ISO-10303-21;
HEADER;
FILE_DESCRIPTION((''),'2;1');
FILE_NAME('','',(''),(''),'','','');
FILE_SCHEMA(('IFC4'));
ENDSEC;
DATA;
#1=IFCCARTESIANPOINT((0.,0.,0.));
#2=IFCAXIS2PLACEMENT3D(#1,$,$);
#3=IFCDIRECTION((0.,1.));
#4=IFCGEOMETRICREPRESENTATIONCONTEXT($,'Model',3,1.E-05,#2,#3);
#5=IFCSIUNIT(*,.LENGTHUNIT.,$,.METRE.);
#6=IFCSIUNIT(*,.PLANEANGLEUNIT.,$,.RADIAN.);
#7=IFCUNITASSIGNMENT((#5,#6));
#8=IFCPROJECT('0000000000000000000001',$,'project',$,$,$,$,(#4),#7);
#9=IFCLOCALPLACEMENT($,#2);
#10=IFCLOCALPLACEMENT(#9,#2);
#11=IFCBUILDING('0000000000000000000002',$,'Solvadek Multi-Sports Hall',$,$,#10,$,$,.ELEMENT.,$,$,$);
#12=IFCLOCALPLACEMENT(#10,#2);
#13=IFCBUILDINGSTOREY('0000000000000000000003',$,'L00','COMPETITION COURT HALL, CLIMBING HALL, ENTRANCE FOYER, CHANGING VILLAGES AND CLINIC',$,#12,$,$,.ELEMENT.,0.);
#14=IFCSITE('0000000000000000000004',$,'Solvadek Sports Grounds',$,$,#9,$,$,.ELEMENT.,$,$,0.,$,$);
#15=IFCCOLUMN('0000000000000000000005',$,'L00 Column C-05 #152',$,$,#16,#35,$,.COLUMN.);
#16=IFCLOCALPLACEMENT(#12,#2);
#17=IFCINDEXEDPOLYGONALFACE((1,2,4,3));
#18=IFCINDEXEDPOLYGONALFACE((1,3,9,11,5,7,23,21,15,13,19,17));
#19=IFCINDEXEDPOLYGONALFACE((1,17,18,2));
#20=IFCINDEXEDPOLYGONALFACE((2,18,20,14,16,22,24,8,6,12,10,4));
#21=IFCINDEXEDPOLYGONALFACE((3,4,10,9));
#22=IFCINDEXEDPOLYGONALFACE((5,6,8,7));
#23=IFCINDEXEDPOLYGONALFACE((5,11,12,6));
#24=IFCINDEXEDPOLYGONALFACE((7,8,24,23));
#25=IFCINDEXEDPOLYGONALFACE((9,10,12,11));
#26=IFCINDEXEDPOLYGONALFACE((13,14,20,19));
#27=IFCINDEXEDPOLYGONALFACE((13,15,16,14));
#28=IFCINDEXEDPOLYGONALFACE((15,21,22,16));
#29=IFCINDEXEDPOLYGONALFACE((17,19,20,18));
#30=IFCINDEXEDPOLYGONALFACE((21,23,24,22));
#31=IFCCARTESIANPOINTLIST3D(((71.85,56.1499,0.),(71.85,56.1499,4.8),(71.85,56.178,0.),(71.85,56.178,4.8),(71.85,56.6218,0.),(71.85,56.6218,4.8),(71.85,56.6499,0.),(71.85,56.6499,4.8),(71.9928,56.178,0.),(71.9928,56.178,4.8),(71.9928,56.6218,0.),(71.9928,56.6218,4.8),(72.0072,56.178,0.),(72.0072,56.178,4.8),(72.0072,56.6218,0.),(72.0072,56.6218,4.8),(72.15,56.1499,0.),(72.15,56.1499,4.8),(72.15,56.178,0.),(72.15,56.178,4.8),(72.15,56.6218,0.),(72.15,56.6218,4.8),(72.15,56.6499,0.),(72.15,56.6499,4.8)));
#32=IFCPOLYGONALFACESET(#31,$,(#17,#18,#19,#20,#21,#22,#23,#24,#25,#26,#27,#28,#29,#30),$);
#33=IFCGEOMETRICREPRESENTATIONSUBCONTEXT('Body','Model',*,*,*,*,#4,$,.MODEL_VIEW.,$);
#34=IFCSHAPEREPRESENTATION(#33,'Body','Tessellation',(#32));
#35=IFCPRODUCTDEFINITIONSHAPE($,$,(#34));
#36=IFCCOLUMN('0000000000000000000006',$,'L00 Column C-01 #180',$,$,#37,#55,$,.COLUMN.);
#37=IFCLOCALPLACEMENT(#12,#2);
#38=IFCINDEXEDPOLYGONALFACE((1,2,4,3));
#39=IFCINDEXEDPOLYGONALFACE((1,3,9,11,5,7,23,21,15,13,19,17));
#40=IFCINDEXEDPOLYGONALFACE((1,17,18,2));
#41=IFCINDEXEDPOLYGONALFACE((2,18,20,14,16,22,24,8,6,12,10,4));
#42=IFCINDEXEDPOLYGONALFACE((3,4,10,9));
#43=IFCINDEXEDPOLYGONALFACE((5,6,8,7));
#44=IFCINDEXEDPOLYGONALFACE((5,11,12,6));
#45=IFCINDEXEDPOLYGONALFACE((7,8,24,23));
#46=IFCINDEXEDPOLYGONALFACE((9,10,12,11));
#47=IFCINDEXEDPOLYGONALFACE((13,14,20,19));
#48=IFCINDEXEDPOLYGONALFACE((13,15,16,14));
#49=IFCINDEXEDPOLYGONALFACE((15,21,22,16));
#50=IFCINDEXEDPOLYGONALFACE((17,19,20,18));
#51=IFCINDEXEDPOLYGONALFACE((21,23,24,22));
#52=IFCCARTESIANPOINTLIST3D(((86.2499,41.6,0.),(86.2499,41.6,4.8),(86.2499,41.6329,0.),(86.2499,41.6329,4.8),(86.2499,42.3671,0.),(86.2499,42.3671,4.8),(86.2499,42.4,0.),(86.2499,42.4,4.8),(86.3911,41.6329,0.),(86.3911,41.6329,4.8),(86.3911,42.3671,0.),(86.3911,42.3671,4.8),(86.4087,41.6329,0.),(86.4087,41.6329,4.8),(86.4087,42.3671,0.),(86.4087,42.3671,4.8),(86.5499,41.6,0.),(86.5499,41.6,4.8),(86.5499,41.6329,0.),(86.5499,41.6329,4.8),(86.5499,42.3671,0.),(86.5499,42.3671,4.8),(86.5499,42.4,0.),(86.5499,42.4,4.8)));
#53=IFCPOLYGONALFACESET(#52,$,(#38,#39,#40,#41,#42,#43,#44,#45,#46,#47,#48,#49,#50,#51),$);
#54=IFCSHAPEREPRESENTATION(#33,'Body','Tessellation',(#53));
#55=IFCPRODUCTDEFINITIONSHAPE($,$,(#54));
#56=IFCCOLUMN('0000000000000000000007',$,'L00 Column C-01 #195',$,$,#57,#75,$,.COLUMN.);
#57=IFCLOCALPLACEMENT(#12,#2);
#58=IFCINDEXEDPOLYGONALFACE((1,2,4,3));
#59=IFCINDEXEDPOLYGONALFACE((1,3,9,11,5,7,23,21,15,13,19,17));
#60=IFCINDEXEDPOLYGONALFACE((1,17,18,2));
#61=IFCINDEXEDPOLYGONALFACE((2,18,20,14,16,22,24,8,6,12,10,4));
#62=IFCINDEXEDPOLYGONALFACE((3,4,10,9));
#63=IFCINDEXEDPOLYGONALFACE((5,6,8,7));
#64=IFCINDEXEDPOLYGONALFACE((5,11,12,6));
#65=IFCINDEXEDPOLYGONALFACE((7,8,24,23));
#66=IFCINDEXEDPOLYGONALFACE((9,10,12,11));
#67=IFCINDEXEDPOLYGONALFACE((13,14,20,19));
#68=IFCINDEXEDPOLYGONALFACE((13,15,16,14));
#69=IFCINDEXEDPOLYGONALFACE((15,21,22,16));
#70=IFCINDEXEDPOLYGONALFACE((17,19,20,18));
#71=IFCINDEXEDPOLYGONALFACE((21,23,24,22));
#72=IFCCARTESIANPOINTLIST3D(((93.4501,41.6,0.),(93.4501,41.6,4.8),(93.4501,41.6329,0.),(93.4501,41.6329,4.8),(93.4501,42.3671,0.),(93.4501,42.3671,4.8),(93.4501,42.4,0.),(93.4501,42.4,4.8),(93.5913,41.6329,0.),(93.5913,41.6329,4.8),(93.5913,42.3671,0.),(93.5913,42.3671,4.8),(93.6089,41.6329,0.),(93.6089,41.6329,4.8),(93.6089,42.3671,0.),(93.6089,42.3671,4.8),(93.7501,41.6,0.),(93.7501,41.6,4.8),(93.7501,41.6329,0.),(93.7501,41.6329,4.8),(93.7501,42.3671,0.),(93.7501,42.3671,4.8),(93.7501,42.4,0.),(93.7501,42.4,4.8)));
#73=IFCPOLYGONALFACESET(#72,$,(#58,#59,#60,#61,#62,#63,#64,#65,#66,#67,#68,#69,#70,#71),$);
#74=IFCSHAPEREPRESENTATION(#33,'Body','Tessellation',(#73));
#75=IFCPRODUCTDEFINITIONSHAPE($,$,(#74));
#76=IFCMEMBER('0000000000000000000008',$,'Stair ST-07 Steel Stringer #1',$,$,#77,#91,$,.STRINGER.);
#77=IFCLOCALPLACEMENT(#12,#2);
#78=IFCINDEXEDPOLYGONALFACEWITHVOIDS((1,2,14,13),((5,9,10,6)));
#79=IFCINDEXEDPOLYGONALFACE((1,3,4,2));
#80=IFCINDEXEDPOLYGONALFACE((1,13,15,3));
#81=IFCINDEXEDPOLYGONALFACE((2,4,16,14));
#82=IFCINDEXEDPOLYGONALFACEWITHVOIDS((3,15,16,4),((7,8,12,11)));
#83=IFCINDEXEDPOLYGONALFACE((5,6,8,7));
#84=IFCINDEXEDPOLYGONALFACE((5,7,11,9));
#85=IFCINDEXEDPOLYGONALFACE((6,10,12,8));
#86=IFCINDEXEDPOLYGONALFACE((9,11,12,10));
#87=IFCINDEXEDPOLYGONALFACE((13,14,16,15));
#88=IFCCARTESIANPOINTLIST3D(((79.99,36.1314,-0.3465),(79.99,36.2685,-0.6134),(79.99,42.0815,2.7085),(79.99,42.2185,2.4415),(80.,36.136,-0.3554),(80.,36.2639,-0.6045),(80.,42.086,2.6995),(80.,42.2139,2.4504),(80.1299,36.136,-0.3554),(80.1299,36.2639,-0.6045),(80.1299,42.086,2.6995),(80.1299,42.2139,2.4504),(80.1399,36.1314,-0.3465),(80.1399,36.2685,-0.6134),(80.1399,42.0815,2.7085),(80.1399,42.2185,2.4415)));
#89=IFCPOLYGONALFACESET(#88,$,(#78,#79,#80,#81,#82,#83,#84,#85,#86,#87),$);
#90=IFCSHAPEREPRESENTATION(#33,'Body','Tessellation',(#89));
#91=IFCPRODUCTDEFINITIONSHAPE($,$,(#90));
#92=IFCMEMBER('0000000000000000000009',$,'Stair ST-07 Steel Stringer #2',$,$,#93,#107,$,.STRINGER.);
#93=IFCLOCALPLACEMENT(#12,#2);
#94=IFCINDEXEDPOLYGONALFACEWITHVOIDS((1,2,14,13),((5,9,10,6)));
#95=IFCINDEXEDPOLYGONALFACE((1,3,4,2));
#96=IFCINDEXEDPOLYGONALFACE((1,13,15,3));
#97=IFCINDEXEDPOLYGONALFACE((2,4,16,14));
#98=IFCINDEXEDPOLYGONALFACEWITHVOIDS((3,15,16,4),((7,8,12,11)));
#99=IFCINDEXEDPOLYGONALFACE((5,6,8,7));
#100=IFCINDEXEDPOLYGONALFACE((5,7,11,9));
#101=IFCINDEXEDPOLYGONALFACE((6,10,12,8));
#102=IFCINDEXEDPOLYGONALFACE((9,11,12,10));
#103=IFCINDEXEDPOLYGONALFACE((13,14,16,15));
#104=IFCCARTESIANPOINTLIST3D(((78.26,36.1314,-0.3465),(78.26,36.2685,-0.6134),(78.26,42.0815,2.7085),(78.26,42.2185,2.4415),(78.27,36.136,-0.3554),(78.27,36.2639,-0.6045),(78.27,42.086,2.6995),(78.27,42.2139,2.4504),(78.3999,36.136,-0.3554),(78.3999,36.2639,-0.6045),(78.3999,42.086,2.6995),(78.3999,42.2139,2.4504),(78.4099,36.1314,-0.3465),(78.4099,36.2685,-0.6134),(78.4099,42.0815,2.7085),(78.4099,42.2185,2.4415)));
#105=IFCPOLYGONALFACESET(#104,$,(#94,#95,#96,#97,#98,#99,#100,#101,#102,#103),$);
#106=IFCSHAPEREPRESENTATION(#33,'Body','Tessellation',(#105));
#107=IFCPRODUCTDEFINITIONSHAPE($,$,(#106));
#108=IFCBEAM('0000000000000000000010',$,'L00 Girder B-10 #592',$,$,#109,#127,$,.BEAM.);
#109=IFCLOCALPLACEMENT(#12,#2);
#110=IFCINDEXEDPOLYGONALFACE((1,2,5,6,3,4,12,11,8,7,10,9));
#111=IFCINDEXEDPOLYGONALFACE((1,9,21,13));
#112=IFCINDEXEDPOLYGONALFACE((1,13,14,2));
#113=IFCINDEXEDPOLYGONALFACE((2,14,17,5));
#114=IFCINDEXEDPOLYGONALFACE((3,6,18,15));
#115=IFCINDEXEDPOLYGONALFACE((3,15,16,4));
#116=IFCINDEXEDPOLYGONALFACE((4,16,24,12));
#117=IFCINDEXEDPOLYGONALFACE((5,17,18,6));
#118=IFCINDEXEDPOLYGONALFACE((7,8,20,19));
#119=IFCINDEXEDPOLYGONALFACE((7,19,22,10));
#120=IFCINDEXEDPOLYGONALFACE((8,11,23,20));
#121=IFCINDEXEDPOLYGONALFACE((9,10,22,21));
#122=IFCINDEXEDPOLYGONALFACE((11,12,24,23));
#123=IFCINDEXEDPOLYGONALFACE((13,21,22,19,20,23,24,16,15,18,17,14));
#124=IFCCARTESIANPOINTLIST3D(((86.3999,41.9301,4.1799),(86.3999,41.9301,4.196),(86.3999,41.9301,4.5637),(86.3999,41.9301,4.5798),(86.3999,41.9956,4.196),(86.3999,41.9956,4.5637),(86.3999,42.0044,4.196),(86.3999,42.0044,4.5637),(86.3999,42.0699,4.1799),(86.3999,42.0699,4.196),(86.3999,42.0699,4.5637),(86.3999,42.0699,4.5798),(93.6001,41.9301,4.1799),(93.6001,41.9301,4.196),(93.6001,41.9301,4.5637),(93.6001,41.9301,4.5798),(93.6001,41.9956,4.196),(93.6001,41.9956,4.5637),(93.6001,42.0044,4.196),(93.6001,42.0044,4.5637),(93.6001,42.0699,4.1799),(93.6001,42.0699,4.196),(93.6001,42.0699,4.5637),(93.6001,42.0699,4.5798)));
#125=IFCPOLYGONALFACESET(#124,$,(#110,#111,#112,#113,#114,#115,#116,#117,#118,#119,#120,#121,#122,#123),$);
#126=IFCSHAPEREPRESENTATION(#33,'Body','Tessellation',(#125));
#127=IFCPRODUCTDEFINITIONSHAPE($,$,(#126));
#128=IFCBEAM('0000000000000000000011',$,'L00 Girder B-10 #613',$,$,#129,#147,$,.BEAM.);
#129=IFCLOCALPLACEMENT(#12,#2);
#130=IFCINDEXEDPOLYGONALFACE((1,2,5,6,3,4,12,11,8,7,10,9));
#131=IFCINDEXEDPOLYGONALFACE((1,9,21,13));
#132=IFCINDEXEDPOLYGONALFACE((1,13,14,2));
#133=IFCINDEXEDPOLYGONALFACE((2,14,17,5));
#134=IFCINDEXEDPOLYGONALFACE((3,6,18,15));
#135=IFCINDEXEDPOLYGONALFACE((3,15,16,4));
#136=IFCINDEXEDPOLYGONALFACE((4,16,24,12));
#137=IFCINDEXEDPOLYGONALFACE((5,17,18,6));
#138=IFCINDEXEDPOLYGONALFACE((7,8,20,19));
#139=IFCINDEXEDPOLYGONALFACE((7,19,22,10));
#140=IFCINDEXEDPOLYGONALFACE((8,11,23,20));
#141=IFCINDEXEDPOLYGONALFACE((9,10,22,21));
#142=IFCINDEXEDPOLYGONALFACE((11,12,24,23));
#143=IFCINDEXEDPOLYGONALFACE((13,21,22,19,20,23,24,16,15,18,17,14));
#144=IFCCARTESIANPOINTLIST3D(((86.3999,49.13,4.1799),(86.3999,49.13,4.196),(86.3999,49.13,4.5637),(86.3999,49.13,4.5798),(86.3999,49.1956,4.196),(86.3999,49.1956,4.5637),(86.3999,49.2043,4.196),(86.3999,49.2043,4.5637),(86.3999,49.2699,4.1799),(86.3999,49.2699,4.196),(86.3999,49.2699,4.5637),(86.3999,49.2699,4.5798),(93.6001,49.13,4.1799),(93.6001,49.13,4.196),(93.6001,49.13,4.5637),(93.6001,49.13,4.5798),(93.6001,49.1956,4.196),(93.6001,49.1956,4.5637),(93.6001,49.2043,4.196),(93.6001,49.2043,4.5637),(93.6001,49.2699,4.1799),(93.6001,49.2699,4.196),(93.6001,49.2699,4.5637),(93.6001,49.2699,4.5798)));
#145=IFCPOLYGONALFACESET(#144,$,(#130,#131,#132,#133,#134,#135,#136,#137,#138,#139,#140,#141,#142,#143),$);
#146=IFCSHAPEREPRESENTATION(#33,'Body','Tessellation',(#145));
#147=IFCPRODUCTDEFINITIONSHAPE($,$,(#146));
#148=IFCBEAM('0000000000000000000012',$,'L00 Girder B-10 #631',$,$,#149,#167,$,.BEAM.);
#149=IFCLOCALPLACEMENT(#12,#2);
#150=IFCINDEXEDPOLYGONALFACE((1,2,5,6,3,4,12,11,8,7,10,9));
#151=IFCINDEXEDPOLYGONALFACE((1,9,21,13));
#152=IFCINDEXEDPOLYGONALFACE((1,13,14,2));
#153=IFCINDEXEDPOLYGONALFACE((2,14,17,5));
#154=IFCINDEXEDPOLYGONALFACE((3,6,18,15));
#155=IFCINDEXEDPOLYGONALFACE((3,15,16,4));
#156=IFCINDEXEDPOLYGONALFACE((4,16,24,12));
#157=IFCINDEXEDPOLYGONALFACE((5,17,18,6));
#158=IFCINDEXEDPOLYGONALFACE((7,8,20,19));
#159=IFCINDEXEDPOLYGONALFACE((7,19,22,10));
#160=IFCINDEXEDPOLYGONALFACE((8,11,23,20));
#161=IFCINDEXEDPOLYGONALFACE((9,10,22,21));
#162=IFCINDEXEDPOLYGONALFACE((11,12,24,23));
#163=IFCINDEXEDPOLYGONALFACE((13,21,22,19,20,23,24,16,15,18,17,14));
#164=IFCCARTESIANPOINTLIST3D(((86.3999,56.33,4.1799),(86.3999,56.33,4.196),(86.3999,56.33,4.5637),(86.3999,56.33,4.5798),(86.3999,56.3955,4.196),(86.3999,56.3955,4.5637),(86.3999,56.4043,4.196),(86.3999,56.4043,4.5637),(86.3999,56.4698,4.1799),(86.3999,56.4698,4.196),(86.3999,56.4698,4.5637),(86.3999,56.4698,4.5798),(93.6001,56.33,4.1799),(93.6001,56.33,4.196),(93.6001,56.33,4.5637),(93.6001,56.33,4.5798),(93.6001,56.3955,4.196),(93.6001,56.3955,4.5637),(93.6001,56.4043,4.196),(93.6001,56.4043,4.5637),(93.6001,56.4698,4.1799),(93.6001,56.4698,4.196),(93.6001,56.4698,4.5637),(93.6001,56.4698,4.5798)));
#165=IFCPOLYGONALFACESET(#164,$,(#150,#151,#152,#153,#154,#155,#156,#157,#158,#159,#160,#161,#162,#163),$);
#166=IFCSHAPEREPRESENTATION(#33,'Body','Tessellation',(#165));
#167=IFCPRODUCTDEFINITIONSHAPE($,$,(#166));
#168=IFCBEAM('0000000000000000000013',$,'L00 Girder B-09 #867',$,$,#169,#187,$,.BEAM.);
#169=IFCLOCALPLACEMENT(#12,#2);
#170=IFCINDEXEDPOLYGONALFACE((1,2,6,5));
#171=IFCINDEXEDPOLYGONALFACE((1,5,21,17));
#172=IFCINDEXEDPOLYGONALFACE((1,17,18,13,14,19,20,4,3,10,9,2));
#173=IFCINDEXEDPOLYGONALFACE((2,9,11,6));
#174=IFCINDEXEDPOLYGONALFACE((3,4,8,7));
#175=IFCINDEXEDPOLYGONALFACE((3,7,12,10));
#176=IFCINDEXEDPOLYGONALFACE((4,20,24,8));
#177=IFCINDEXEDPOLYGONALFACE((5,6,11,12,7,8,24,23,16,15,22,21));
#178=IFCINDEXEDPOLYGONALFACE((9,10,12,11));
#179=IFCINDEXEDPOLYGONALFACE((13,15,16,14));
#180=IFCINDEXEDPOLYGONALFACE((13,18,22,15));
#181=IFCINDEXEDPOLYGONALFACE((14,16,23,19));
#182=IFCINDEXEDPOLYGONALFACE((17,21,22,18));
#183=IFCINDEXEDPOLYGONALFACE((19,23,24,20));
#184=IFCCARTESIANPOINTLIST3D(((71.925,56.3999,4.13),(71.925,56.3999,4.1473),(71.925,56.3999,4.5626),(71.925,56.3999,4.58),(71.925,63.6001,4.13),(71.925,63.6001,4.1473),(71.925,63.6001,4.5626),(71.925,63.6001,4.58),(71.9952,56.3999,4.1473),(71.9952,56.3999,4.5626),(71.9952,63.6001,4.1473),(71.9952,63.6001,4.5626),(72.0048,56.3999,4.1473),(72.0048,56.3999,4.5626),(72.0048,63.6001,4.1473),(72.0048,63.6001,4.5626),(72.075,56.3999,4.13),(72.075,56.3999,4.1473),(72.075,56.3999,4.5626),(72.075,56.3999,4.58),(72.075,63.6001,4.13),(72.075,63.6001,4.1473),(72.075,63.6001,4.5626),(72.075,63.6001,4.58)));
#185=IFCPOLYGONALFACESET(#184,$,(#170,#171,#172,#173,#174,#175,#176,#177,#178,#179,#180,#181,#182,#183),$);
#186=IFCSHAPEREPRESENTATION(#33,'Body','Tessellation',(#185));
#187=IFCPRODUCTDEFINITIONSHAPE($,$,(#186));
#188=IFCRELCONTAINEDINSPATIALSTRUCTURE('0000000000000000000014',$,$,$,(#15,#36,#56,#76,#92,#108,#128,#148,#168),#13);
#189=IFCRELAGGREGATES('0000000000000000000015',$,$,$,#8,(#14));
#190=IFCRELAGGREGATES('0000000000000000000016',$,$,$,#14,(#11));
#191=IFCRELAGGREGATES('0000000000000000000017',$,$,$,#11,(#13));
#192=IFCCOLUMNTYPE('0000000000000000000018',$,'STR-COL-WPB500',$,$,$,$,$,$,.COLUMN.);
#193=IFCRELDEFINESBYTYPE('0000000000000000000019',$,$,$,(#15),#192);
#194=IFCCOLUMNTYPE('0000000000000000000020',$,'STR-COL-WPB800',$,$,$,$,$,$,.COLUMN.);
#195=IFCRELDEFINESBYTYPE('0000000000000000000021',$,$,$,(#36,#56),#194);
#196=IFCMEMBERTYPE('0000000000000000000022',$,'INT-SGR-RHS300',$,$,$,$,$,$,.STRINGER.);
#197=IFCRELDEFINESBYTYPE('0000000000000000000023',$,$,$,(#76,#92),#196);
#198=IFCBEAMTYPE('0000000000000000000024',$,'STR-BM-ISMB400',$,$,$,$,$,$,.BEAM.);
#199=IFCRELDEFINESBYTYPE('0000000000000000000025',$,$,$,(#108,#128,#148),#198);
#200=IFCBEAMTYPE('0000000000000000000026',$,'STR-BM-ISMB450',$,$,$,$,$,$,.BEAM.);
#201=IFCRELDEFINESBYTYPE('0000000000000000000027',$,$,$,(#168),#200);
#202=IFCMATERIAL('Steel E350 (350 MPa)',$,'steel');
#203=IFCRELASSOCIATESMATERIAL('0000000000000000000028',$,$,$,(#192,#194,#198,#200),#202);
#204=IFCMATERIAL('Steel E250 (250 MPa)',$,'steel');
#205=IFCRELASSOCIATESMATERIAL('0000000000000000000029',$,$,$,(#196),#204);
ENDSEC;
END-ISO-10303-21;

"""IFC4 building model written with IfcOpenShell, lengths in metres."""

from ifc_helpers import new_model, si_unit, direction, frame, origin, origin_2d, place, context, subcontext, project, spatial, hollow_rectangle, i_section, extrude, material, material_profile, profile_set, type_object, element, save


model = new_model("IFC4")

# Units and contexts
model_context = context("Model", 3, precision=1e-05, world=origin(), true_north=direction((0.0, 1.0)))
body_context = subcontext(model_context, "Body", "Model", "MODEL_VIEW")
ifc_project = project(units=[si_unit("LENGTHUNIT", "METRE"), si_unit("PLANEANGLEUNIT", "RADIAN")], contexts=[model_context])

# Site, building, storey
site_placement = place(None, origin())
site = spatial("IfcSite", under=ifc_project, at=site_placement, Name="Solvadek Sports Grounds", CompositionType="ELEMENT", RefElevation=0.0)
building_placement = place(site_placement, origin())
building = spatial("IfcBuilding", under=site, at=building_placement, Name="Solvadek Multi-Sports Hall", CompositionType="ELEMENT")
storey_placement = place(building_placement, origin())
storey = spatial("IfcBuildingStorey", under=building, at=storey_placement, Name="L00", Description="COMPETITION COURT HALL, CLIMBING HALL, ENTRANCE FOYER, CHANGING VILLAGES AND CLINIC", CompositionType="ELEMENT", Elevation=0.0)

# Columns
ifc_material_1 = material(Name="Steel E350 (350 MPa)", Category="steel")
ifc_material_profile_1 = material_profile(ifc_material_1, i_section(OverallWidth=0.3, OverallDepth=0.5, WebThickness=0.0144, FlangeThickness=0.0281, at=origin_2d()), Name="WPB 500")
ifc_profile_set_1 = profile_set([ifc_material_profile_1], Name="Steel E350 (350 MPa)")
column_type_1 = type_object("IfcColumnType", Name="STR-COL-WPB500", PredefinedType="COLUMN", material=ifc_profile_set_1)
for number, where, z_axis, x_axis, name in (
    (1, (72.0, 56.3999, 0.0), (0.0, 0.0, 1.0), (1.0, 0.0, 0.0), "L00 Column C-05 #152"),
):
    element("IfcColumn", number, at=place(storey_placement, frame(where, z_axis=z_axis, x_axis=x_axis)), inside=storey, type_object=column_type_1, Name=name, PredefinedType="COLUMN", context=body_context, shape_type="SweptSolid", body=[
        extrude(i_section(OverallWidth=0.3, OverallDepth=0.5, WebThickness=0.0144, FlangeThickness=0.0281, at=origin_2d()), origin(), (0.0, 0.0, 1.0), 4.8),
    ])
ifc_material_profile_2 = material_profile(ifc_material_1, i_section(OverallWidth=0.3, OverallDepth=0.8, WebThickness=0.0176, FlangeThickness=0.033, at=origin_2d()), Name="WPB 800")
ifc_profile_set_2 = profile_set([ifc_material_profile_2], Name="Steel E350 (350 MPa)")
column_type_2 = type_object("IfcColumnType", Name="STR-COL-WPB800", PredefinedType="COLUMN", material=ifc_profile_set_2)
for number, where, z_axis, x_axis, name in (
    (2, (86.3999, 42.0, 0.0), (0.0, 0.0, 1.0), (1.0, 0.0, 0.0), "L00 Column C-01 #180"),
    (3, (93.6001, 42.0, 0.0), (0.0, 0.0, 1.0), (1.0, 0.0, 0.0), "L00 Column C-01 #195"),
):
    element("IfcColumn", number, at=place(storey_placement, frame(where, z_axis=z_axis, x_axis=x_axis)), inside=storey, type_object=column_type_2, Name=name, PredefinedType="COLUMN", context=body_context, shape_type="SweptSolid", body=[
        extrude(i_section(OverallWidth=0.3, OverallDepth=0.8, WebThickness=0.0176, FlangeThickness=0.033, at=origin_2d()), origin(), (0.0, 0.0, 1.0), 4.8),
    ])

# Members
ifc_material_2 = material(Name="Steel E250 (250 MPa)", Category="steel")
ifc_material_profile_3 = material_profile(ifc_material_2, hollow_rectangle(XDim=0.1499, YDim=0.3, WallThickness=0.01, at=origin_2d()), Name="RHS 300x150x10")
ifc_profile_set_3 = profile_set([ifc_material_profile_3], Name="Steel E250 (250 MPa)")
member_type = type_object("IfcMemberType", Name="INT-SGR-RHS300", PredefinedType="STRINGER", material=ifc_profile_set_3)
for number, where, z_axis, x_axis, name in (
    (4, (80.0649, 36.2, -0.48), (0.0, 0.889594, 0.456752), (-1.0, 0.0, 0.0), "Stair ST-07 Steel Stringer #1"),
    (5, (78.335, 36.2, -0.48), (0.0, 0.889594, 0.456752), (-1.0, 0.0, 0.0), "Stair ST-07 Steel Stringer #2"),
):
    element("IfcMember", number, at=place(storey_placement, frame(where, z_axis=z_axis, x_axis=x_axis)), inside=storey, type_object=member_type, Name=name, PredefinedType="STRINGER", context=body_context, shape_type="SweptSolid", body=[
        extrude(hollow_rectangle(XDim=0.1499, YDim=0.3, WallThickness=0.01, at=origin_2d()), origin(), (0.0, 0.0, 1.0), 6.6885),
    ])

# Beams
ifc_material_profile_4 = material_profile(ifc_material_1, i_section(OverallWidth=0.1399, OverallDepth=0.3999, WebThickness=0.0088, FlangeThickness=0.0161, at=origin_2d()), Name="ISMB 400")
ifc_profile_set_4 = profile_set([ifc_material_profile_4], Name="Steel E350 (350 MPa)")
beam_type_1 = type_object("IfcBeamType", Name="STR-BM-ISMB400", PredefinedType="BEAM", material=ifc_profile_set_4)
for number, where, z_axis, x_axis, name in (
    (6, (86.3999, 42.0, 4.3799), (1.0, 0.0, 0.0), (0.0, 1.0, 0.0), "L00 Girder B-10 #592"),
    (7, (86.3999, 49.2, 4.3799), (1.0, 0.0, 0.0), (0.0, 1.0, 0.0), "L00 Girder B-10 #613"),
    (8, (86.3999, 56.3999, 4.3799), (1.0, 0.0, 0.0), (0.0, 1.0, 0.0), "L00 Girder B-10 #631"),
):
    element("IfcBeam", number, at=place(storey_placement, frame(where, z_axis=z_axis, x_axis=x_axis)), inside=storey, type_object=beam_type_1, Name=name, PredefinedType="BEAM", context=body_context, shape_type="SweptSolid", body=[
        extrude(i_section(OverallWidth=0.1399, OverallDepth=0.3999, WebThickness=0.0088, FlangeThickness=0.0161, at=origin_2d()), origin(), (0.0, 0.0, 1.0), 7.2002),
    ])
ifc_material_profile_5 = material_profile(ifc_material_1, i_section(OverallWidth=0.1499, OverallDepth=0.45, WebThickness=0.0095, FlangeThickness=0.0173, at=origin_2d()), Name="ISMB 450")
ifc_profile_set_5 = profile_set([ifc_material_profile_5], Name="Steel E350 (350 MPa)")
beam_type_2 = type_object("IfcBeamType", Name="STR-BM-ISMB450", PredefinedType="BEAM", material=ifc_profile_set_5)
beam_1_placement = place(storey_placement, frame((72.0, 56.3999, 4.355), z_axis=(0.0, 1.0, 0.0), x_axis=(-1.0, 0.0, 0.0)))
element("IfcBeam", 9, at=beam_1_placement, inside=storey, type_object=beam_type_2, Name="L00 Girder B-09 #867", PredefinedType="BEAM", context=body_context, shape_type="SweptSolid", body=[
    extrude(i_section(OverallWidth=0.1499, OverallDepth=0.45, WebThickness=0.0095, FlangeThickness=0.0173, at=origin_2d()), origin(), (0.0, 0.0, 1.0), 7.2002),
])

save(model, "model.ifc")
